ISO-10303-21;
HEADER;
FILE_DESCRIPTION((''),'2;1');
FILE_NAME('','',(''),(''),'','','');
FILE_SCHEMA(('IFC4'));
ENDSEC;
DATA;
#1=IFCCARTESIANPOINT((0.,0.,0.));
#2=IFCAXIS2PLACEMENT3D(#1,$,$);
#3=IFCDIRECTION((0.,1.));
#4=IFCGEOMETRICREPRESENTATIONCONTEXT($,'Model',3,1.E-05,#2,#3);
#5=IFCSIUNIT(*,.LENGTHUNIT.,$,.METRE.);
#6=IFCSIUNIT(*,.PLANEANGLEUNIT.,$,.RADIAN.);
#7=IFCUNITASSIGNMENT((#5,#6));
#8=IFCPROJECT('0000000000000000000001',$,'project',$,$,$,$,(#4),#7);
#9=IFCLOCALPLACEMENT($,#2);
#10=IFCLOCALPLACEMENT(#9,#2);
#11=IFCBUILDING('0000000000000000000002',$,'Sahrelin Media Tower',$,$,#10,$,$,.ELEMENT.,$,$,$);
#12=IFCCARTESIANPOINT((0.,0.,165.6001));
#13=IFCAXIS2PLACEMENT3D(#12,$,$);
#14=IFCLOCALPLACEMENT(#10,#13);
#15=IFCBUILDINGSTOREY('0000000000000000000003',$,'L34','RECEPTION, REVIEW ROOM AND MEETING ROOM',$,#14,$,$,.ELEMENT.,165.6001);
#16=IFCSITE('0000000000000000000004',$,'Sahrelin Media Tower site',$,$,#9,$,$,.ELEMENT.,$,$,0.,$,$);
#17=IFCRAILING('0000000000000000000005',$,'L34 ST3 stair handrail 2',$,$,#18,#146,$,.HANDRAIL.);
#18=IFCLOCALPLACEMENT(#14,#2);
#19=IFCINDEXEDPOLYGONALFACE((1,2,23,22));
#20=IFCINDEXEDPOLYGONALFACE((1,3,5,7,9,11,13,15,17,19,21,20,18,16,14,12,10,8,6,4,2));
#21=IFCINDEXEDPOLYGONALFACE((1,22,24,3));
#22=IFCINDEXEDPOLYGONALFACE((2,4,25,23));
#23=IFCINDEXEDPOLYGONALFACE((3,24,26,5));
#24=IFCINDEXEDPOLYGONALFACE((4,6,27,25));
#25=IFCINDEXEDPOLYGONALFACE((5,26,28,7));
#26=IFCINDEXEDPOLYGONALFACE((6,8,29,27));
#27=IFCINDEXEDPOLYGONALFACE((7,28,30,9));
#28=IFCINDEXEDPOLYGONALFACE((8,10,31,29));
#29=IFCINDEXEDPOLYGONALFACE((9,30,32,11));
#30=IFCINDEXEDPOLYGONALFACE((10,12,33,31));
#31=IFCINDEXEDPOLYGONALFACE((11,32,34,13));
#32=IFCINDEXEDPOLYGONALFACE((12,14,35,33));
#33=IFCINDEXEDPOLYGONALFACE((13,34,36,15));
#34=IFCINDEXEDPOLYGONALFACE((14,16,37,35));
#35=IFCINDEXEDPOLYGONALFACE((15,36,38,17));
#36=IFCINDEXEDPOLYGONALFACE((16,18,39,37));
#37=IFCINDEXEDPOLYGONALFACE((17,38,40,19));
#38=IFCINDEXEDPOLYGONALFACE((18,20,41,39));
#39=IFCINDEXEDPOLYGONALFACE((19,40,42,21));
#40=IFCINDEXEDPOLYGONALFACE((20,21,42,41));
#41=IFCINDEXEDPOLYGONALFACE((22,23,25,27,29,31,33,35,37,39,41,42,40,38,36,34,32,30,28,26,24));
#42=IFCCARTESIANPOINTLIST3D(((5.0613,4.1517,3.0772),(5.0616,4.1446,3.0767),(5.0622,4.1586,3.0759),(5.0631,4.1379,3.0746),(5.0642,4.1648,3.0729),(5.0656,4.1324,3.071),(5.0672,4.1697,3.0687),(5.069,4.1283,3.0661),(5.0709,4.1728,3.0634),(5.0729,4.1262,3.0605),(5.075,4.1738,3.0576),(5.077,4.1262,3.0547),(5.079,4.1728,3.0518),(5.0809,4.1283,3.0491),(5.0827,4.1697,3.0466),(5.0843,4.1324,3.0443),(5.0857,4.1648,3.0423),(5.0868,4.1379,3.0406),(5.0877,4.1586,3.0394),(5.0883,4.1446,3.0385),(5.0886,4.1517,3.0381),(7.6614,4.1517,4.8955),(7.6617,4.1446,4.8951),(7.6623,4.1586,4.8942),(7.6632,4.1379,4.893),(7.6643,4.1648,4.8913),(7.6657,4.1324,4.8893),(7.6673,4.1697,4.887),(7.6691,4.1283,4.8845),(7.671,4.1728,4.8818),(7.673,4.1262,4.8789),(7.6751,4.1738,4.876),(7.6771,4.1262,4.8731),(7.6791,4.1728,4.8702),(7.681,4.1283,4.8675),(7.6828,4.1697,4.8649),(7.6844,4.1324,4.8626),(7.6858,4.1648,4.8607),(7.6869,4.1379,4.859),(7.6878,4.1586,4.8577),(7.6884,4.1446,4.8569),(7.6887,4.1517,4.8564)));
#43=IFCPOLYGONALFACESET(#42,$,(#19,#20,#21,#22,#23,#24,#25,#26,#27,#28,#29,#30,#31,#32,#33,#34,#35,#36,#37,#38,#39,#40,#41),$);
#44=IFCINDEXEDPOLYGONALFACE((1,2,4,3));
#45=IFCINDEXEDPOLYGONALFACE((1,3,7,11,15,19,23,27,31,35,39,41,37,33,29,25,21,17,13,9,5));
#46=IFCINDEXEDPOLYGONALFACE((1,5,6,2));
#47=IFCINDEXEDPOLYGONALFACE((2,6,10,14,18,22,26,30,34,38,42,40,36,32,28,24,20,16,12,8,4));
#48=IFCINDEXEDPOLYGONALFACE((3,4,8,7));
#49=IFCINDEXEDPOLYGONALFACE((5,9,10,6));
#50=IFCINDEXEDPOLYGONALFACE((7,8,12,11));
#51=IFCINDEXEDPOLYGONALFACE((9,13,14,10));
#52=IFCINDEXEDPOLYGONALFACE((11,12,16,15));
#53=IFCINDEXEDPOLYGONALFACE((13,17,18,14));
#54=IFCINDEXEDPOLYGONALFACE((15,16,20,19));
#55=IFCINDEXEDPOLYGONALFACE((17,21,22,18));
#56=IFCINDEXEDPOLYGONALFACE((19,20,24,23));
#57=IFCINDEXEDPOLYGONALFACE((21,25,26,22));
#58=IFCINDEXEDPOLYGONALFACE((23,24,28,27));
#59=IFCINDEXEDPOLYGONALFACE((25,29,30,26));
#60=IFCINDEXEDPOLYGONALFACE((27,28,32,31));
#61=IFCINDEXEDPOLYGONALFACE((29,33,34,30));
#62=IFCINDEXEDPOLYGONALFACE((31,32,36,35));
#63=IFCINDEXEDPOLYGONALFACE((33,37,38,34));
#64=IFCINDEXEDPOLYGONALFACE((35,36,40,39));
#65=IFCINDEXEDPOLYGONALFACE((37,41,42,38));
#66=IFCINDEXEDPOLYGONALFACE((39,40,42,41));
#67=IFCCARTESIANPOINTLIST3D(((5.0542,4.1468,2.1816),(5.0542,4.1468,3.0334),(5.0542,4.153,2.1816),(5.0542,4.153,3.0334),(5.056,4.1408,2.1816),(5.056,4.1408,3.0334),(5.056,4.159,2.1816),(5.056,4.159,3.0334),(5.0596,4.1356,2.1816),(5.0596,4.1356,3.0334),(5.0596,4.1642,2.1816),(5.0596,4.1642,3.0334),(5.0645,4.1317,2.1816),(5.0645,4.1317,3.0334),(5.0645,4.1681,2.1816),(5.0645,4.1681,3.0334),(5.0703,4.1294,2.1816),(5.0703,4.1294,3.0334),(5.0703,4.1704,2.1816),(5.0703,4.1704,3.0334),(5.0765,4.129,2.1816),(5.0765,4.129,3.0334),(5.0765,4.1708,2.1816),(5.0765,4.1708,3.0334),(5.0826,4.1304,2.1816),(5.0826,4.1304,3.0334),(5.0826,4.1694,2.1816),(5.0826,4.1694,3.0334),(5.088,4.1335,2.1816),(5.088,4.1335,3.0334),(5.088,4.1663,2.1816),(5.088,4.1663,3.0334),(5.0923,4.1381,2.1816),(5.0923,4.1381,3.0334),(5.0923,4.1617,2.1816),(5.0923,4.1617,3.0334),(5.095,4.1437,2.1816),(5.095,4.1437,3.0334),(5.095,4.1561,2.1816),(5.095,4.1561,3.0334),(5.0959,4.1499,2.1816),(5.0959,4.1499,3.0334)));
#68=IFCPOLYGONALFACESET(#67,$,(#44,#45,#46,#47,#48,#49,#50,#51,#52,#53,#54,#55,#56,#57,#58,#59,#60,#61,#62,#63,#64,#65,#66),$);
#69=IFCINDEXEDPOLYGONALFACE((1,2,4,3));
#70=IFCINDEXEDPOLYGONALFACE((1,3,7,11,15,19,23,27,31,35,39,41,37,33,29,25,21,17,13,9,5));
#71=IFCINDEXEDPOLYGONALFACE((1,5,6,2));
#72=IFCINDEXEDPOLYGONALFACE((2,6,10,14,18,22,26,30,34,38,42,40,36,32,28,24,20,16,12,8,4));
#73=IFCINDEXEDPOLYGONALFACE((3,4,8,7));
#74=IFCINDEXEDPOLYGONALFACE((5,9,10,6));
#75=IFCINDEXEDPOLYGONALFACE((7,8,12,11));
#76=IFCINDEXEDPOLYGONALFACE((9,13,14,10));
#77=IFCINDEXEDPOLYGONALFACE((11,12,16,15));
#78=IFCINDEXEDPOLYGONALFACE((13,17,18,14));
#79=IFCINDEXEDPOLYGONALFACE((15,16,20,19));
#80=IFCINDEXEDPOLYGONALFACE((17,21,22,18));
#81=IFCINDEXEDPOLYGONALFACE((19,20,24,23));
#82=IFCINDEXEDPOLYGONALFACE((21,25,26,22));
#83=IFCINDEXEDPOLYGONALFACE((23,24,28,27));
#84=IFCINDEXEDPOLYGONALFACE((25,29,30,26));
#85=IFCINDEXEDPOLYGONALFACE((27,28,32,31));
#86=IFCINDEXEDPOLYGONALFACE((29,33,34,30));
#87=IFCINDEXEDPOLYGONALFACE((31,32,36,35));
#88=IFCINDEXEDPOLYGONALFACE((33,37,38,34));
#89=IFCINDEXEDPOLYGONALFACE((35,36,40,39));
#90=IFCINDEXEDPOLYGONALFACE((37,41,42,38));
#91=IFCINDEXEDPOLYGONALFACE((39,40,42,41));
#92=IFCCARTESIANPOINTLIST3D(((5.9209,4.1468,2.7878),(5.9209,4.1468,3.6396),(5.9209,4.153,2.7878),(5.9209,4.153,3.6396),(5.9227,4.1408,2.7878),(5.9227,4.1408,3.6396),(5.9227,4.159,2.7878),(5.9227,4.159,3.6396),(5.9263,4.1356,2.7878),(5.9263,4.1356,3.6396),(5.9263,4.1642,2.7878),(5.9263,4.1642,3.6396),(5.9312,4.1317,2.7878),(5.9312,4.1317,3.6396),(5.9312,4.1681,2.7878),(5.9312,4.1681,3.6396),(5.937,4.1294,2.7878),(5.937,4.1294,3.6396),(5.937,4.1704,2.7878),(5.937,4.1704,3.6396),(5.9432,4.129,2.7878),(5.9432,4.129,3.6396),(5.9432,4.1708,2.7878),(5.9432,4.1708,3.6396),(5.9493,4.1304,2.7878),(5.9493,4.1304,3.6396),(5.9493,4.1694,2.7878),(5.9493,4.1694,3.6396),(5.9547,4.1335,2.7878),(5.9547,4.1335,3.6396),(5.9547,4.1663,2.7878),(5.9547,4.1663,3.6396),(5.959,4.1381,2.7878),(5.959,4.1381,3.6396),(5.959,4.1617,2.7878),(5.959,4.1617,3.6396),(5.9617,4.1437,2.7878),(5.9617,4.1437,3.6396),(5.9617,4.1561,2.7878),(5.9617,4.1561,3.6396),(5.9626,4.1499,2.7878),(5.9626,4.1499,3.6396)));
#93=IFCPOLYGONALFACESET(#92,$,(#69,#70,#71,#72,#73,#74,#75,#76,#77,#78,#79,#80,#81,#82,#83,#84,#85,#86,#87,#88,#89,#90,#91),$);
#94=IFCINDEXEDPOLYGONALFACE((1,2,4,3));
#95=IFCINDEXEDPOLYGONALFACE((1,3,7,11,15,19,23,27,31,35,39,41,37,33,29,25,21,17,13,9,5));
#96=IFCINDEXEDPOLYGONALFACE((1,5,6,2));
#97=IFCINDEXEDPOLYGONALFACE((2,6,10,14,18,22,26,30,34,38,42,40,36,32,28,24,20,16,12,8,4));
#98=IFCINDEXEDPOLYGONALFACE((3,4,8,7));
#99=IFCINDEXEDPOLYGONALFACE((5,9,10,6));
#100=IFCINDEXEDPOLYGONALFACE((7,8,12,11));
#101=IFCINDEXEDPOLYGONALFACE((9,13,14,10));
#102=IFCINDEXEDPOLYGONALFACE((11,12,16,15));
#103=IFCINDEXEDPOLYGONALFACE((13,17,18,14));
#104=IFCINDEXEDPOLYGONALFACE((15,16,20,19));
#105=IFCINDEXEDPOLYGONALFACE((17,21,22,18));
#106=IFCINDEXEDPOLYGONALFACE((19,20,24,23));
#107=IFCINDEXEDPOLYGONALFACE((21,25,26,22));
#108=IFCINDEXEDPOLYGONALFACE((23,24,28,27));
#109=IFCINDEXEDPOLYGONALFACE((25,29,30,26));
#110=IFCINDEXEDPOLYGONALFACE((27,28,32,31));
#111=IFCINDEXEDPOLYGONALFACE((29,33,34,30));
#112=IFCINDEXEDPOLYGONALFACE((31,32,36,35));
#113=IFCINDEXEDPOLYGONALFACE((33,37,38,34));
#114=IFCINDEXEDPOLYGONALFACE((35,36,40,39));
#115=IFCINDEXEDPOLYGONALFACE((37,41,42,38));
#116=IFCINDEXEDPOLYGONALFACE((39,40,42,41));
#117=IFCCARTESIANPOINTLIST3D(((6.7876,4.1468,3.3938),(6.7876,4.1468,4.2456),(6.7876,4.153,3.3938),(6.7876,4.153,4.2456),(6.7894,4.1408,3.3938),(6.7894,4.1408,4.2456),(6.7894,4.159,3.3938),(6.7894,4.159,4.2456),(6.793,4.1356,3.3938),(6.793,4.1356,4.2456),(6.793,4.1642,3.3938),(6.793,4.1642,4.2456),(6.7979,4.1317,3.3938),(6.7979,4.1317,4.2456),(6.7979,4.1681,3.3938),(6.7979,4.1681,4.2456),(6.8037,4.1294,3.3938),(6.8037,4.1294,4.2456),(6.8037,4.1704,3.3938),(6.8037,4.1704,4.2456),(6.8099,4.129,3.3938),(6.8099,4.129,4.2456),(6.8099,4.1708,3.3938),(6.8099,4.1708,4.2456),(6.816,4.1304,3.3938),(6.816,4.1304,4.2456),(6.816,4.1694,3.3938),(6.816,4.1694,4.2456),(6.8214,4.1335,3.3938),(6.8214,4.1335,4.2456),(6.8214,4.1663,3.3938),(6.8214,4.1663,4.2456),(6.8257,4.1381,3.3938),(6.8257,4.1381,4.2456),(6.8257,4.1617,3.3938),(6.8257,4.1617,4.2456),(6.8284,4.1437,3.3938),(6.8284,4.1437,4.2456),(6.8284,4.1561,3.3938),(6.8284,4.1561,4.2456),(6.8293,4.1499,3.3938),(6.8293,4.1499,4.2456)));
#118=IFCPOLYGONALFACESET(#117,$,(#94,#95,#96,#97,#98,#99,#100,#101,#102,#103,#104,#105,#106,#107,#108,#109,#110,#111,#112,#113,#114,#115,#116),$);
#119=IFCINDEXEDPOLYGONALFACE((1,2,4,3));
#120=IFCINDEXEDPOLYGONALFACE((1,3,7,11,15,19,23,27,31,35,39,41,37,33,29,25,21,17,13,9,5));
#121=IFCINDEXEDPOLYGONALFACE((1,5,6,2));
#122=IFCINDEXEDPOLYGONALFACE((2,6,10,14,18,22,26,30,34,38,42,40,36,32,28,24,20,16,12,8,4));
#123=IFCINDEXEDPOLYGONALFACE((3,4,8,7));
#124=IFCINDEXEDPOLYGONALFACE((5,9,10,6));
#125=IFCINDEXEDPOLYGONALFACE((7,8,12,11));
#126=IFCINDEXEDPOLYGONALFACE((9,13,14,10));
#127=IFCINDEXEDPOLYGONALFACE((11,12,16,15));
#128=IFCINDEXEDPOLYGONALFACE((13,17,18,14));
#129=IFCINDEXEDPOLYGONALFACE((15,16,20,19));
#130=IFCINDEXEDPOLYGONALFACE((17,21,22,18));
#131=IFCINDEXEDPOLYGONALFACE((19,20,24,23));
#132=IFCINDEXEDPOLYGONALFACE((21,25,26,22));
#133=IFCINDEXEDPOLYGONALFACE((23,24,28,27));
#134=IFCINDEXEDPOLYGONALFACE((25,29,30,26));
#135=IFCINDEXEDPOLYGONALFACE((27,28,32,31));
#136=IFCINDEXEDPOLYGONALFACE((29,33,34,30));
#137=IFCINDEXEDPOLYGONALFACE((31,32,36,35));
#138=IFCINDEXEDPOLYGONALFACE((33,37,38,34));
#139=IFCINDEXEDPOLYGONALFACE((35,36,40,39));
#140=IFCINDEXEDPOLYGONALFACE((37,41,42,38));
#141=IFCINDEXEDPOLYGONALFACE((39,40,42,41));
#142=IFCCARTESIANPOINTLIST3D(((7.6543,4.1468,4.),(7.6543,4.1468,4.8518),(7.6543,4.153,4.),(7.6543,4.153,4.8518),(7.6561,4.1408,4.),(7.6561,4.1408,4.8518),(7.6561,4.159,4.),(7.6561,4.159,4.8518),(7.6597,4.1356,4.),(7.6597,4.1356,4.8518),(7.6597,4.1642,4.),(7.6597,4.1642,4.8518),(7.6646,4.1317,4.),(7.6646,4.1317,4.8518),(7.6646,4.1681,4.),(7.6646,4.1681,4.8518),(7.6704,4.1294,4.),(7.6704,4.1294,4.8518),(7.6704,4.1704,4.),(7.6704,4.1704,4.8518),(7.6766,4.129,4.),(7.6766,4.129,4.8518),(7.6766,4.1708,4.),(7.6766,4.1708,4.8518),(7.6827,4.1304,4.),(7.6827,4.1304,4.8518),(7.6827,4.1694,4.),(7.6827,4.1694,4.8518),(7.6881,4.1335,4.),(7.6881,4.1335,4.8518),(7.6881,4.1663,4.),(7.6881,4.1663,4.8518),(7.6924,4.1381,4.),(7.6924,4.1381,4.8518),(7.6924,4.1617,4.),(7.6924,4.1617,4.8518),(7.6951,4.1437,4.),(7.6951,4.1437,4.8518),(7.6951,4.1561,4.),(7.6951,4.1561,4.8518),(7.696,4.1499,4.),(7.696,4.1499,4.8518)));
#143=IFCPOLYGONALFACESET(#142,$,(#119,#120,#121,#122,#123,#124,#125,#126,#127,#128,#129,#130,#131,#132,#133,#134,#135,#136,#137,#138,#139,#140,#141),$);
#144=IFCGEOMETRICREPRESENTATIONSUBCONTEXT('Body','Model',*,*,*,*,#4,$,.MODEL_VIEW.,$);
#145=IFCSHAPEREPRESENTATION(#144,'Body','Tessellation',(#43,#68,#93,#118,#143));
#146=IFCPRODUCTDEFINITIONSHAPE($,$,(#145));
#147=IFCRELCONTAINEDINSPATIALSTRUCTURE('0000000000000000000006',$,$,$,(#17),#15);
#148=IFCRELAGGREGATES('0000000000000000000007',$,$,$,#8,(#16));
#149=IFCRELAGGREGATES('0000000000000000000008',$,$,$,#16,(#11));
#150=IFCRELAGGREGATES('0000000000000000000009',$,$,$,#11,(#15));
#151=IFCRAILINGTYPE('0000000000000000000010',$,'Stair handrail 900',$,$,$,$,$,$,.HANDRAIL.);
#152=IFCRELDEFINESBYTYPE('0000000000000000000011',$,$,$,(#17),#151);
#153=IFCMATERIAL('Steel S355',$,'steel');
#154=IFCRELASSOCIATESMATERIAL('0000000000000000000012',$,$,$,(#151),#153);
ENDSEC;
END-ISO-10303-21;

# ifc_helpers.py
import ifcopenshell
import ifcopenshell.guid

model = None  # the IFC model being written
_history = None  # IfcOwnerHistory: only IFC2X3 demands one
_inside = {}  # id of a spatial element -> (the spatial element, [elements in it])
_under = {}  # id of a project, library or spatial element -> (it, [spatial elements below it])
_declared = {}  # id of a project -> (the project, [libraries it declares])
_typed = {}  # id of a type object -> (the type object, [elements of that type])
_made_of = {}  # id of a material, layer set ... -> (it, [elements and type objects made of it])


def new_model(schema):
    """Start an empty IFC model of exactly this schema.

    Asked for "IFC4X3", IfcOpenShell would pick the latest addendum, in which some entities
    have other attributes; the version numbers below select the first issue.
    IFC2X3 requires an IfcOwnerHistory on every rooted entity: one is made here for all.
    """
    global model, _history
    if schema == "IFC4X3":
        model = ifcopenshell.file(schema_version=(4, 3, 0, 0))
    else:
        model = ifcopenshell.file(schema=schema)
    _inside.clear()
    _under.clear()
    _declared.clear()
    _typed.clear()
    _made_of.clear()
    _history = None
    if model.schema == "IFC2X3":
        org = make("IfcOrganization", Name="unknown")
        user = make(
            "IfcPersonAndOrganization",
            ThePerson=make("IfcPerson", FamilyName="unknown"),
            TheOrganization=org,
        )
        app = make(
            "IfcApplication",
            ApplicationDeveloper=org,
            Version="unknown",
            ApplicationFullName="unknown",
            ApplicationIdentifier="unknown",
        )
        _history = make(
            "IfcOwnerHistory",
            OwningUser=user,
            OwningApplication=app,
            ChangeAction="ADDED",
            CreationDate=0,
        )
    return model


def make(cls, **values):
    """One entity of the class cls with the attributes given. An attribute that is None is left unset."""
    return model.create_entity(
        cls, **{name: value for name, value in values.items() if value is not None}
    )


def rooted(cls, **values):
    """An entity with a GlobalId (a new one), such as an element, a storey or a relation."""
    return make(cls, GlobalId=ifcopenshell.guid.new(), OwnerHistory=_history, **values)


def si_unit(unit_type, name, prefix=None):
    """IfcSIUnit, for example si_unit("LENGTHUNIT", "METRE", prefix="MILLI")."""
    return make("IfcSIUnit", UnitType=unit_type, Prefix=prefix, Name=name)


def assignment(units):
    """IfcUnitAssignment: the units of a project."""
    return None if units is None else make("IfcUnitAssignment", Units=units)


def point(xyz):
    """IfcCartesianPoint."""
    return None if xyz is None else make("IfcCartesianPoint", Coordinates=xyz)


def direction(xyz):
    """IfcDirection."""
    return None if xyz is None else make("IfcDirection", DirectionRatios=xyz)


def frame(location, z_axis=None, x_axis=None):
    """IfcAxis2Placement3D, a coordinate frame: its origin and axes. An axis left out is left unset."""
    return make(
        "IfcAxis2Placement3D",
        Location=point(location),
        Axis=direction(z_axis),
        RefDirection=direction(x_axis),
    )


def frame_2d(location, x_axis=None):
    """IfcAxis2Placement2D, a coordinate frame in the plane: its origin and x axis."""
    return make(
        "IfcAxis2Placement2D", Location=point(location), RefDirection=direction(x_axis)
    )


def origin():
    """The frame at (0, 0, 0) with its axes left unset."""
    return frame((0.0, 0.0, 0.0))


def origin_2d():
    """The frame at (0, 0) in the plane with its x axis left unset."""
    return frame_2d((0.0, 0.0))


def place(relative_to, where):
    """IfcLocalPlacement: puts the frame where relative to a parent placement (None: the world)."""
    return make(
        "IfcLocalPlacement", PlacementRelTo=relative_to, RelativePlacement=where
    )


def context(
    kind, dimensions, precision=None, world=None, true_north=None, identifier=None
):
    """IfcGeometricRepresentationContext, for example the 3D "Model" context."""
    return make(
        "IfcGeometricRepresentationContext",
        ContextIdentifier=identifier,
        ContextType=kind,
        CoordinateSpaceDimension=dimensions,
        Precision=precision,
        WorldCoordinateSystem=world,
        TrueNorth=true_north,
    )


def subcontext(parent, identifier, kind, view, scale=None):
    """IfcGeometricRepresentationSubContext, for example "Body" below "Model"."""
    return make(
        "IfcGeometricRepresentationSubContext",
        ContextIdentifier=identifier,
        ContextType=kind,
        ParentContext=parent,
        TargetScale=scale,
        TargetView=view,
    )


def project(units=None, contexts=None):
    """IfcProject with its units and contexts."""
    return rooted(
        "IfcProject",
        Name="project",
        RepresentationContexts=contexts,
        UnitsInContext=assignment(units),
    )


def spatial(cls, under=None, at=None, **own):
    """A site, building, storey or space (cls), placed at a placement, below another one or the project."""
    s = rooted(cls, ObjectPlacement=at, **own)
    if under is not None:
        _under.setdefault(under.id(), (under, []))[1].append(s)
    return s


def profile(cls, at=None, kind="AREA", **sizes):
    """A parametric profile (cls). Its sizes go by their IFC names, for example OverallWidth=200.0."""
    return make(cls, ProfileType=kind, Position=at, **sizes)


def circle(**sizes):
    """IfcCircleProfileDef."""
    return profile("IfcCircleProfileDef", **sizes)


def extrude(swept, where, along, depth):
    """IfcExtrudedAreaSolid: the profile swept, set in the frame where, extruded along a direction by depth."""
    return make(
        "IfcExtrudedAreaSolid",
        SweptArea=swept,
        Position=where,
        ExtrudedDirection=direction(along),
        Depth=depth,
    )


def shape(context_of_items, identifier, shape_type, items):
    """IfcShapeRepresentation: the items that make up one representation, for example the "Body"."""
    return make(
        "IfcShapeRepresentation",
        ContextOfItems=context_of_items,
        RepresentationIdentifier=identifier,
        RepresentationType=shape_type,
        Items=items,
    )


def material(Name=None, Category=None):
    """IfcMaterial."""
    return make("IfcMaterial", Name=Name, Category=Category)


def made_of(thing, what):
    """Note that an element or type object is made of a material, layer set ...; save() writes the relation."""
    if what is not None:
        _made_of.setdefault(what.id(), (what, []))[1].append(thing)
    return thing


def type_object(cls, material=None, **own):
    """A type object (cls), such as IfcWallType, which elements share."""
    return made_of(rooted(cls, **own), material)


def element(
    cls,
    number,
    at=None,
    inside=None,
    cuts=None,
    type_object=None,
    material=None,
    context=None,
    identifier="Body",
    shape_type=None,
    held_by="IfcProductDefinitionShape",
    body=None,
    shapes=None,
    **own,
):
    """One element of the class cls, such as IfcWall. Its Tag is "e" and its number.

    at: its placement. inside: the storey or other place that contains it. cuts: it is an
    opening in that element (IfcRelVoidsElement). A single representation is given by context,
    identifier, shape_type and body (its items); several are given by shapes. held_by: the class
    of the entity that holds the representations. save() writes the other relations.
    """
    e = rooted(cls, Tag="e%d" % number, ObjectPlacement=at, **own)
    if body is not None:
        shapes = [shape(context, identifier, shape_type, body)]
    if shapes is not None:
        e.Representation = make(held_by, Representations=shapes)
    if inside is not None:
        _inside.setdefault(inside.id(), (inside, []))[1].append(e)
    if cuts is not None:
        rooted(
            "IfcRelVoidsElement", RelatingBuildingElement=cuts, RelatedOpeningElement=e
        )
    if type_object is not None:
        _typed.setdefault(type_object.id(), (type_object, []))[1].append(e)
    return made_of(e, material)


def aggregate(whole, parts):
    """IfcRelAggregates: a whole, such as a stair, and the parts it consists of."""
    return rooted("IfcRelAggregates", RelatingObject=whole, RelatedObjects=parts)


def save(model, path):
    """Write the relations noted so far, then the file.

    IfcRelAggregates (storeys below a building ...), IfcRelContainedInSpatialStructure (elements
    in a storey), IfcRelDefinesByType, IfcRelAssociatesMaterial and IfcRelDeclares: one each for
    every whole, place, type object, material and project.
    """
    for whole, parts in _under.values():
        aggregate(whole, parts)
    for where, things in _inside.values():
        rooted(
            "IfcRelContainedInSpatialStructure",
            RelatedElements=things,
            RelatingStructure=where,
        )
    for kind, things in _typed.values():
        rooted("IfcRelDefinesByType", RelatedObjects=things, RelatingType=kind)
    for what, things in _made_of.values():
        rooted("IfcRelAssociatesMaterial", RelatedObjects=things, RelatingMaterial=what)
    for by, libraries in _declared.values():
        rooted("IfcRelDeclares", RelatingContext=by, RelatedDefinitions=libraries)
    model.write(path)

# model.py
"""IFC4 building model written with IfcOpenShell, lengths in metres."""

from ifc_helpers import new_model, si_unit, direction, frame, origin, origin_2d, place, context, subcontext, project, spatial, circle, extrude, material, type_object, element, save


model = new_model("IFC4")

# Units and contexts
model_context = context("Model", 3, precision=1e-05, world=origin(), true_north=direction((0.0, 1.0)))
body_context = subcontext(model_context, "Body", "Model", "MODEL_VIEW")
ifc_project = project(units=[si_unit("LENGTHUNIT", "METRE"), si_unit("PLANEANGLEUNIT", "RADIAN")], contexts=[model_context])

# Site, building, storey
site_placement = place(None, origin())
site = spatial("IfcSite", under=ifc_project, at=site_placement, Name="Sahrelin Media Tower site", CompositionType="ELEMENT", RefElevation=0.0)
building_placement = place(site_placement, origin())
building = spatial("IfcBuilding", under=site, at=building_placement, Name="Sahrelin Media Tower", CompositionType="ELEMENT")
storey_placement = place(building_placement, frame((0.0, 0.0, 165.6001)))
storey = spatial("IfcBuildingStorey", under=building, at=storey_placement, Name="L34", Description="RECEPTION, REVIEW ROOM AND MEETING ROOM", CompositionType="ELEMENT", Elevation=165.6001)

# Shared definitions
ifc_material_1 = material(Name="Steel S355", Category="steel")

# Railing
railing_type_1 = type_object("IfcRailingType", Name="Stair handrail 900", PredefinedType="HANDRAIL", material=ifc_material_1)
railing_1_placement = place(storey_placement, frame((5.075, 4.1499, 2.1816)))
element("IfcRailing", 1, at=railing_1_placement, inside=storey, type_object=railing_type_1, Name="L34 ST3 stair handrail 2", PredefinedType="HANDRAIL", context=body_context, shape_type="SweptSolid", body=[
    extrude(circle(Radius=0.0239, at=origin_2d()), frame((0.0, 0.0, 0.876), z_axis=(0.819485, 0.0, 0.573101), x_axis=(0.0, 1.0, 0.0)), (0.0, 0.0, 1.0), 3.1729),
    extrude(circle(Radius=0.021, at=origin_2d()), origin(), (0.0, 0.0, 1.0), 0.8518),
    extrude(circle(Radius=0.021, at=origin_2d()), frame((0.8667, 0.0, 0.6062)), (0.0, 0.0, 1.0), 0.8518),
    extrude(circle(Radius=0.021, at=origin_2d()), frame((1.7334, 0.0, 1.2122)), (0.0, 0.0, 1.0), 0.8518),
    extrude(circle(Radius=0.021, at=origin_2d()), frame((2.6001, 0.0, 1.8184)), (0.0, 0.0, 1.0), 0.8518),
])

save(model, "model.ifc")
